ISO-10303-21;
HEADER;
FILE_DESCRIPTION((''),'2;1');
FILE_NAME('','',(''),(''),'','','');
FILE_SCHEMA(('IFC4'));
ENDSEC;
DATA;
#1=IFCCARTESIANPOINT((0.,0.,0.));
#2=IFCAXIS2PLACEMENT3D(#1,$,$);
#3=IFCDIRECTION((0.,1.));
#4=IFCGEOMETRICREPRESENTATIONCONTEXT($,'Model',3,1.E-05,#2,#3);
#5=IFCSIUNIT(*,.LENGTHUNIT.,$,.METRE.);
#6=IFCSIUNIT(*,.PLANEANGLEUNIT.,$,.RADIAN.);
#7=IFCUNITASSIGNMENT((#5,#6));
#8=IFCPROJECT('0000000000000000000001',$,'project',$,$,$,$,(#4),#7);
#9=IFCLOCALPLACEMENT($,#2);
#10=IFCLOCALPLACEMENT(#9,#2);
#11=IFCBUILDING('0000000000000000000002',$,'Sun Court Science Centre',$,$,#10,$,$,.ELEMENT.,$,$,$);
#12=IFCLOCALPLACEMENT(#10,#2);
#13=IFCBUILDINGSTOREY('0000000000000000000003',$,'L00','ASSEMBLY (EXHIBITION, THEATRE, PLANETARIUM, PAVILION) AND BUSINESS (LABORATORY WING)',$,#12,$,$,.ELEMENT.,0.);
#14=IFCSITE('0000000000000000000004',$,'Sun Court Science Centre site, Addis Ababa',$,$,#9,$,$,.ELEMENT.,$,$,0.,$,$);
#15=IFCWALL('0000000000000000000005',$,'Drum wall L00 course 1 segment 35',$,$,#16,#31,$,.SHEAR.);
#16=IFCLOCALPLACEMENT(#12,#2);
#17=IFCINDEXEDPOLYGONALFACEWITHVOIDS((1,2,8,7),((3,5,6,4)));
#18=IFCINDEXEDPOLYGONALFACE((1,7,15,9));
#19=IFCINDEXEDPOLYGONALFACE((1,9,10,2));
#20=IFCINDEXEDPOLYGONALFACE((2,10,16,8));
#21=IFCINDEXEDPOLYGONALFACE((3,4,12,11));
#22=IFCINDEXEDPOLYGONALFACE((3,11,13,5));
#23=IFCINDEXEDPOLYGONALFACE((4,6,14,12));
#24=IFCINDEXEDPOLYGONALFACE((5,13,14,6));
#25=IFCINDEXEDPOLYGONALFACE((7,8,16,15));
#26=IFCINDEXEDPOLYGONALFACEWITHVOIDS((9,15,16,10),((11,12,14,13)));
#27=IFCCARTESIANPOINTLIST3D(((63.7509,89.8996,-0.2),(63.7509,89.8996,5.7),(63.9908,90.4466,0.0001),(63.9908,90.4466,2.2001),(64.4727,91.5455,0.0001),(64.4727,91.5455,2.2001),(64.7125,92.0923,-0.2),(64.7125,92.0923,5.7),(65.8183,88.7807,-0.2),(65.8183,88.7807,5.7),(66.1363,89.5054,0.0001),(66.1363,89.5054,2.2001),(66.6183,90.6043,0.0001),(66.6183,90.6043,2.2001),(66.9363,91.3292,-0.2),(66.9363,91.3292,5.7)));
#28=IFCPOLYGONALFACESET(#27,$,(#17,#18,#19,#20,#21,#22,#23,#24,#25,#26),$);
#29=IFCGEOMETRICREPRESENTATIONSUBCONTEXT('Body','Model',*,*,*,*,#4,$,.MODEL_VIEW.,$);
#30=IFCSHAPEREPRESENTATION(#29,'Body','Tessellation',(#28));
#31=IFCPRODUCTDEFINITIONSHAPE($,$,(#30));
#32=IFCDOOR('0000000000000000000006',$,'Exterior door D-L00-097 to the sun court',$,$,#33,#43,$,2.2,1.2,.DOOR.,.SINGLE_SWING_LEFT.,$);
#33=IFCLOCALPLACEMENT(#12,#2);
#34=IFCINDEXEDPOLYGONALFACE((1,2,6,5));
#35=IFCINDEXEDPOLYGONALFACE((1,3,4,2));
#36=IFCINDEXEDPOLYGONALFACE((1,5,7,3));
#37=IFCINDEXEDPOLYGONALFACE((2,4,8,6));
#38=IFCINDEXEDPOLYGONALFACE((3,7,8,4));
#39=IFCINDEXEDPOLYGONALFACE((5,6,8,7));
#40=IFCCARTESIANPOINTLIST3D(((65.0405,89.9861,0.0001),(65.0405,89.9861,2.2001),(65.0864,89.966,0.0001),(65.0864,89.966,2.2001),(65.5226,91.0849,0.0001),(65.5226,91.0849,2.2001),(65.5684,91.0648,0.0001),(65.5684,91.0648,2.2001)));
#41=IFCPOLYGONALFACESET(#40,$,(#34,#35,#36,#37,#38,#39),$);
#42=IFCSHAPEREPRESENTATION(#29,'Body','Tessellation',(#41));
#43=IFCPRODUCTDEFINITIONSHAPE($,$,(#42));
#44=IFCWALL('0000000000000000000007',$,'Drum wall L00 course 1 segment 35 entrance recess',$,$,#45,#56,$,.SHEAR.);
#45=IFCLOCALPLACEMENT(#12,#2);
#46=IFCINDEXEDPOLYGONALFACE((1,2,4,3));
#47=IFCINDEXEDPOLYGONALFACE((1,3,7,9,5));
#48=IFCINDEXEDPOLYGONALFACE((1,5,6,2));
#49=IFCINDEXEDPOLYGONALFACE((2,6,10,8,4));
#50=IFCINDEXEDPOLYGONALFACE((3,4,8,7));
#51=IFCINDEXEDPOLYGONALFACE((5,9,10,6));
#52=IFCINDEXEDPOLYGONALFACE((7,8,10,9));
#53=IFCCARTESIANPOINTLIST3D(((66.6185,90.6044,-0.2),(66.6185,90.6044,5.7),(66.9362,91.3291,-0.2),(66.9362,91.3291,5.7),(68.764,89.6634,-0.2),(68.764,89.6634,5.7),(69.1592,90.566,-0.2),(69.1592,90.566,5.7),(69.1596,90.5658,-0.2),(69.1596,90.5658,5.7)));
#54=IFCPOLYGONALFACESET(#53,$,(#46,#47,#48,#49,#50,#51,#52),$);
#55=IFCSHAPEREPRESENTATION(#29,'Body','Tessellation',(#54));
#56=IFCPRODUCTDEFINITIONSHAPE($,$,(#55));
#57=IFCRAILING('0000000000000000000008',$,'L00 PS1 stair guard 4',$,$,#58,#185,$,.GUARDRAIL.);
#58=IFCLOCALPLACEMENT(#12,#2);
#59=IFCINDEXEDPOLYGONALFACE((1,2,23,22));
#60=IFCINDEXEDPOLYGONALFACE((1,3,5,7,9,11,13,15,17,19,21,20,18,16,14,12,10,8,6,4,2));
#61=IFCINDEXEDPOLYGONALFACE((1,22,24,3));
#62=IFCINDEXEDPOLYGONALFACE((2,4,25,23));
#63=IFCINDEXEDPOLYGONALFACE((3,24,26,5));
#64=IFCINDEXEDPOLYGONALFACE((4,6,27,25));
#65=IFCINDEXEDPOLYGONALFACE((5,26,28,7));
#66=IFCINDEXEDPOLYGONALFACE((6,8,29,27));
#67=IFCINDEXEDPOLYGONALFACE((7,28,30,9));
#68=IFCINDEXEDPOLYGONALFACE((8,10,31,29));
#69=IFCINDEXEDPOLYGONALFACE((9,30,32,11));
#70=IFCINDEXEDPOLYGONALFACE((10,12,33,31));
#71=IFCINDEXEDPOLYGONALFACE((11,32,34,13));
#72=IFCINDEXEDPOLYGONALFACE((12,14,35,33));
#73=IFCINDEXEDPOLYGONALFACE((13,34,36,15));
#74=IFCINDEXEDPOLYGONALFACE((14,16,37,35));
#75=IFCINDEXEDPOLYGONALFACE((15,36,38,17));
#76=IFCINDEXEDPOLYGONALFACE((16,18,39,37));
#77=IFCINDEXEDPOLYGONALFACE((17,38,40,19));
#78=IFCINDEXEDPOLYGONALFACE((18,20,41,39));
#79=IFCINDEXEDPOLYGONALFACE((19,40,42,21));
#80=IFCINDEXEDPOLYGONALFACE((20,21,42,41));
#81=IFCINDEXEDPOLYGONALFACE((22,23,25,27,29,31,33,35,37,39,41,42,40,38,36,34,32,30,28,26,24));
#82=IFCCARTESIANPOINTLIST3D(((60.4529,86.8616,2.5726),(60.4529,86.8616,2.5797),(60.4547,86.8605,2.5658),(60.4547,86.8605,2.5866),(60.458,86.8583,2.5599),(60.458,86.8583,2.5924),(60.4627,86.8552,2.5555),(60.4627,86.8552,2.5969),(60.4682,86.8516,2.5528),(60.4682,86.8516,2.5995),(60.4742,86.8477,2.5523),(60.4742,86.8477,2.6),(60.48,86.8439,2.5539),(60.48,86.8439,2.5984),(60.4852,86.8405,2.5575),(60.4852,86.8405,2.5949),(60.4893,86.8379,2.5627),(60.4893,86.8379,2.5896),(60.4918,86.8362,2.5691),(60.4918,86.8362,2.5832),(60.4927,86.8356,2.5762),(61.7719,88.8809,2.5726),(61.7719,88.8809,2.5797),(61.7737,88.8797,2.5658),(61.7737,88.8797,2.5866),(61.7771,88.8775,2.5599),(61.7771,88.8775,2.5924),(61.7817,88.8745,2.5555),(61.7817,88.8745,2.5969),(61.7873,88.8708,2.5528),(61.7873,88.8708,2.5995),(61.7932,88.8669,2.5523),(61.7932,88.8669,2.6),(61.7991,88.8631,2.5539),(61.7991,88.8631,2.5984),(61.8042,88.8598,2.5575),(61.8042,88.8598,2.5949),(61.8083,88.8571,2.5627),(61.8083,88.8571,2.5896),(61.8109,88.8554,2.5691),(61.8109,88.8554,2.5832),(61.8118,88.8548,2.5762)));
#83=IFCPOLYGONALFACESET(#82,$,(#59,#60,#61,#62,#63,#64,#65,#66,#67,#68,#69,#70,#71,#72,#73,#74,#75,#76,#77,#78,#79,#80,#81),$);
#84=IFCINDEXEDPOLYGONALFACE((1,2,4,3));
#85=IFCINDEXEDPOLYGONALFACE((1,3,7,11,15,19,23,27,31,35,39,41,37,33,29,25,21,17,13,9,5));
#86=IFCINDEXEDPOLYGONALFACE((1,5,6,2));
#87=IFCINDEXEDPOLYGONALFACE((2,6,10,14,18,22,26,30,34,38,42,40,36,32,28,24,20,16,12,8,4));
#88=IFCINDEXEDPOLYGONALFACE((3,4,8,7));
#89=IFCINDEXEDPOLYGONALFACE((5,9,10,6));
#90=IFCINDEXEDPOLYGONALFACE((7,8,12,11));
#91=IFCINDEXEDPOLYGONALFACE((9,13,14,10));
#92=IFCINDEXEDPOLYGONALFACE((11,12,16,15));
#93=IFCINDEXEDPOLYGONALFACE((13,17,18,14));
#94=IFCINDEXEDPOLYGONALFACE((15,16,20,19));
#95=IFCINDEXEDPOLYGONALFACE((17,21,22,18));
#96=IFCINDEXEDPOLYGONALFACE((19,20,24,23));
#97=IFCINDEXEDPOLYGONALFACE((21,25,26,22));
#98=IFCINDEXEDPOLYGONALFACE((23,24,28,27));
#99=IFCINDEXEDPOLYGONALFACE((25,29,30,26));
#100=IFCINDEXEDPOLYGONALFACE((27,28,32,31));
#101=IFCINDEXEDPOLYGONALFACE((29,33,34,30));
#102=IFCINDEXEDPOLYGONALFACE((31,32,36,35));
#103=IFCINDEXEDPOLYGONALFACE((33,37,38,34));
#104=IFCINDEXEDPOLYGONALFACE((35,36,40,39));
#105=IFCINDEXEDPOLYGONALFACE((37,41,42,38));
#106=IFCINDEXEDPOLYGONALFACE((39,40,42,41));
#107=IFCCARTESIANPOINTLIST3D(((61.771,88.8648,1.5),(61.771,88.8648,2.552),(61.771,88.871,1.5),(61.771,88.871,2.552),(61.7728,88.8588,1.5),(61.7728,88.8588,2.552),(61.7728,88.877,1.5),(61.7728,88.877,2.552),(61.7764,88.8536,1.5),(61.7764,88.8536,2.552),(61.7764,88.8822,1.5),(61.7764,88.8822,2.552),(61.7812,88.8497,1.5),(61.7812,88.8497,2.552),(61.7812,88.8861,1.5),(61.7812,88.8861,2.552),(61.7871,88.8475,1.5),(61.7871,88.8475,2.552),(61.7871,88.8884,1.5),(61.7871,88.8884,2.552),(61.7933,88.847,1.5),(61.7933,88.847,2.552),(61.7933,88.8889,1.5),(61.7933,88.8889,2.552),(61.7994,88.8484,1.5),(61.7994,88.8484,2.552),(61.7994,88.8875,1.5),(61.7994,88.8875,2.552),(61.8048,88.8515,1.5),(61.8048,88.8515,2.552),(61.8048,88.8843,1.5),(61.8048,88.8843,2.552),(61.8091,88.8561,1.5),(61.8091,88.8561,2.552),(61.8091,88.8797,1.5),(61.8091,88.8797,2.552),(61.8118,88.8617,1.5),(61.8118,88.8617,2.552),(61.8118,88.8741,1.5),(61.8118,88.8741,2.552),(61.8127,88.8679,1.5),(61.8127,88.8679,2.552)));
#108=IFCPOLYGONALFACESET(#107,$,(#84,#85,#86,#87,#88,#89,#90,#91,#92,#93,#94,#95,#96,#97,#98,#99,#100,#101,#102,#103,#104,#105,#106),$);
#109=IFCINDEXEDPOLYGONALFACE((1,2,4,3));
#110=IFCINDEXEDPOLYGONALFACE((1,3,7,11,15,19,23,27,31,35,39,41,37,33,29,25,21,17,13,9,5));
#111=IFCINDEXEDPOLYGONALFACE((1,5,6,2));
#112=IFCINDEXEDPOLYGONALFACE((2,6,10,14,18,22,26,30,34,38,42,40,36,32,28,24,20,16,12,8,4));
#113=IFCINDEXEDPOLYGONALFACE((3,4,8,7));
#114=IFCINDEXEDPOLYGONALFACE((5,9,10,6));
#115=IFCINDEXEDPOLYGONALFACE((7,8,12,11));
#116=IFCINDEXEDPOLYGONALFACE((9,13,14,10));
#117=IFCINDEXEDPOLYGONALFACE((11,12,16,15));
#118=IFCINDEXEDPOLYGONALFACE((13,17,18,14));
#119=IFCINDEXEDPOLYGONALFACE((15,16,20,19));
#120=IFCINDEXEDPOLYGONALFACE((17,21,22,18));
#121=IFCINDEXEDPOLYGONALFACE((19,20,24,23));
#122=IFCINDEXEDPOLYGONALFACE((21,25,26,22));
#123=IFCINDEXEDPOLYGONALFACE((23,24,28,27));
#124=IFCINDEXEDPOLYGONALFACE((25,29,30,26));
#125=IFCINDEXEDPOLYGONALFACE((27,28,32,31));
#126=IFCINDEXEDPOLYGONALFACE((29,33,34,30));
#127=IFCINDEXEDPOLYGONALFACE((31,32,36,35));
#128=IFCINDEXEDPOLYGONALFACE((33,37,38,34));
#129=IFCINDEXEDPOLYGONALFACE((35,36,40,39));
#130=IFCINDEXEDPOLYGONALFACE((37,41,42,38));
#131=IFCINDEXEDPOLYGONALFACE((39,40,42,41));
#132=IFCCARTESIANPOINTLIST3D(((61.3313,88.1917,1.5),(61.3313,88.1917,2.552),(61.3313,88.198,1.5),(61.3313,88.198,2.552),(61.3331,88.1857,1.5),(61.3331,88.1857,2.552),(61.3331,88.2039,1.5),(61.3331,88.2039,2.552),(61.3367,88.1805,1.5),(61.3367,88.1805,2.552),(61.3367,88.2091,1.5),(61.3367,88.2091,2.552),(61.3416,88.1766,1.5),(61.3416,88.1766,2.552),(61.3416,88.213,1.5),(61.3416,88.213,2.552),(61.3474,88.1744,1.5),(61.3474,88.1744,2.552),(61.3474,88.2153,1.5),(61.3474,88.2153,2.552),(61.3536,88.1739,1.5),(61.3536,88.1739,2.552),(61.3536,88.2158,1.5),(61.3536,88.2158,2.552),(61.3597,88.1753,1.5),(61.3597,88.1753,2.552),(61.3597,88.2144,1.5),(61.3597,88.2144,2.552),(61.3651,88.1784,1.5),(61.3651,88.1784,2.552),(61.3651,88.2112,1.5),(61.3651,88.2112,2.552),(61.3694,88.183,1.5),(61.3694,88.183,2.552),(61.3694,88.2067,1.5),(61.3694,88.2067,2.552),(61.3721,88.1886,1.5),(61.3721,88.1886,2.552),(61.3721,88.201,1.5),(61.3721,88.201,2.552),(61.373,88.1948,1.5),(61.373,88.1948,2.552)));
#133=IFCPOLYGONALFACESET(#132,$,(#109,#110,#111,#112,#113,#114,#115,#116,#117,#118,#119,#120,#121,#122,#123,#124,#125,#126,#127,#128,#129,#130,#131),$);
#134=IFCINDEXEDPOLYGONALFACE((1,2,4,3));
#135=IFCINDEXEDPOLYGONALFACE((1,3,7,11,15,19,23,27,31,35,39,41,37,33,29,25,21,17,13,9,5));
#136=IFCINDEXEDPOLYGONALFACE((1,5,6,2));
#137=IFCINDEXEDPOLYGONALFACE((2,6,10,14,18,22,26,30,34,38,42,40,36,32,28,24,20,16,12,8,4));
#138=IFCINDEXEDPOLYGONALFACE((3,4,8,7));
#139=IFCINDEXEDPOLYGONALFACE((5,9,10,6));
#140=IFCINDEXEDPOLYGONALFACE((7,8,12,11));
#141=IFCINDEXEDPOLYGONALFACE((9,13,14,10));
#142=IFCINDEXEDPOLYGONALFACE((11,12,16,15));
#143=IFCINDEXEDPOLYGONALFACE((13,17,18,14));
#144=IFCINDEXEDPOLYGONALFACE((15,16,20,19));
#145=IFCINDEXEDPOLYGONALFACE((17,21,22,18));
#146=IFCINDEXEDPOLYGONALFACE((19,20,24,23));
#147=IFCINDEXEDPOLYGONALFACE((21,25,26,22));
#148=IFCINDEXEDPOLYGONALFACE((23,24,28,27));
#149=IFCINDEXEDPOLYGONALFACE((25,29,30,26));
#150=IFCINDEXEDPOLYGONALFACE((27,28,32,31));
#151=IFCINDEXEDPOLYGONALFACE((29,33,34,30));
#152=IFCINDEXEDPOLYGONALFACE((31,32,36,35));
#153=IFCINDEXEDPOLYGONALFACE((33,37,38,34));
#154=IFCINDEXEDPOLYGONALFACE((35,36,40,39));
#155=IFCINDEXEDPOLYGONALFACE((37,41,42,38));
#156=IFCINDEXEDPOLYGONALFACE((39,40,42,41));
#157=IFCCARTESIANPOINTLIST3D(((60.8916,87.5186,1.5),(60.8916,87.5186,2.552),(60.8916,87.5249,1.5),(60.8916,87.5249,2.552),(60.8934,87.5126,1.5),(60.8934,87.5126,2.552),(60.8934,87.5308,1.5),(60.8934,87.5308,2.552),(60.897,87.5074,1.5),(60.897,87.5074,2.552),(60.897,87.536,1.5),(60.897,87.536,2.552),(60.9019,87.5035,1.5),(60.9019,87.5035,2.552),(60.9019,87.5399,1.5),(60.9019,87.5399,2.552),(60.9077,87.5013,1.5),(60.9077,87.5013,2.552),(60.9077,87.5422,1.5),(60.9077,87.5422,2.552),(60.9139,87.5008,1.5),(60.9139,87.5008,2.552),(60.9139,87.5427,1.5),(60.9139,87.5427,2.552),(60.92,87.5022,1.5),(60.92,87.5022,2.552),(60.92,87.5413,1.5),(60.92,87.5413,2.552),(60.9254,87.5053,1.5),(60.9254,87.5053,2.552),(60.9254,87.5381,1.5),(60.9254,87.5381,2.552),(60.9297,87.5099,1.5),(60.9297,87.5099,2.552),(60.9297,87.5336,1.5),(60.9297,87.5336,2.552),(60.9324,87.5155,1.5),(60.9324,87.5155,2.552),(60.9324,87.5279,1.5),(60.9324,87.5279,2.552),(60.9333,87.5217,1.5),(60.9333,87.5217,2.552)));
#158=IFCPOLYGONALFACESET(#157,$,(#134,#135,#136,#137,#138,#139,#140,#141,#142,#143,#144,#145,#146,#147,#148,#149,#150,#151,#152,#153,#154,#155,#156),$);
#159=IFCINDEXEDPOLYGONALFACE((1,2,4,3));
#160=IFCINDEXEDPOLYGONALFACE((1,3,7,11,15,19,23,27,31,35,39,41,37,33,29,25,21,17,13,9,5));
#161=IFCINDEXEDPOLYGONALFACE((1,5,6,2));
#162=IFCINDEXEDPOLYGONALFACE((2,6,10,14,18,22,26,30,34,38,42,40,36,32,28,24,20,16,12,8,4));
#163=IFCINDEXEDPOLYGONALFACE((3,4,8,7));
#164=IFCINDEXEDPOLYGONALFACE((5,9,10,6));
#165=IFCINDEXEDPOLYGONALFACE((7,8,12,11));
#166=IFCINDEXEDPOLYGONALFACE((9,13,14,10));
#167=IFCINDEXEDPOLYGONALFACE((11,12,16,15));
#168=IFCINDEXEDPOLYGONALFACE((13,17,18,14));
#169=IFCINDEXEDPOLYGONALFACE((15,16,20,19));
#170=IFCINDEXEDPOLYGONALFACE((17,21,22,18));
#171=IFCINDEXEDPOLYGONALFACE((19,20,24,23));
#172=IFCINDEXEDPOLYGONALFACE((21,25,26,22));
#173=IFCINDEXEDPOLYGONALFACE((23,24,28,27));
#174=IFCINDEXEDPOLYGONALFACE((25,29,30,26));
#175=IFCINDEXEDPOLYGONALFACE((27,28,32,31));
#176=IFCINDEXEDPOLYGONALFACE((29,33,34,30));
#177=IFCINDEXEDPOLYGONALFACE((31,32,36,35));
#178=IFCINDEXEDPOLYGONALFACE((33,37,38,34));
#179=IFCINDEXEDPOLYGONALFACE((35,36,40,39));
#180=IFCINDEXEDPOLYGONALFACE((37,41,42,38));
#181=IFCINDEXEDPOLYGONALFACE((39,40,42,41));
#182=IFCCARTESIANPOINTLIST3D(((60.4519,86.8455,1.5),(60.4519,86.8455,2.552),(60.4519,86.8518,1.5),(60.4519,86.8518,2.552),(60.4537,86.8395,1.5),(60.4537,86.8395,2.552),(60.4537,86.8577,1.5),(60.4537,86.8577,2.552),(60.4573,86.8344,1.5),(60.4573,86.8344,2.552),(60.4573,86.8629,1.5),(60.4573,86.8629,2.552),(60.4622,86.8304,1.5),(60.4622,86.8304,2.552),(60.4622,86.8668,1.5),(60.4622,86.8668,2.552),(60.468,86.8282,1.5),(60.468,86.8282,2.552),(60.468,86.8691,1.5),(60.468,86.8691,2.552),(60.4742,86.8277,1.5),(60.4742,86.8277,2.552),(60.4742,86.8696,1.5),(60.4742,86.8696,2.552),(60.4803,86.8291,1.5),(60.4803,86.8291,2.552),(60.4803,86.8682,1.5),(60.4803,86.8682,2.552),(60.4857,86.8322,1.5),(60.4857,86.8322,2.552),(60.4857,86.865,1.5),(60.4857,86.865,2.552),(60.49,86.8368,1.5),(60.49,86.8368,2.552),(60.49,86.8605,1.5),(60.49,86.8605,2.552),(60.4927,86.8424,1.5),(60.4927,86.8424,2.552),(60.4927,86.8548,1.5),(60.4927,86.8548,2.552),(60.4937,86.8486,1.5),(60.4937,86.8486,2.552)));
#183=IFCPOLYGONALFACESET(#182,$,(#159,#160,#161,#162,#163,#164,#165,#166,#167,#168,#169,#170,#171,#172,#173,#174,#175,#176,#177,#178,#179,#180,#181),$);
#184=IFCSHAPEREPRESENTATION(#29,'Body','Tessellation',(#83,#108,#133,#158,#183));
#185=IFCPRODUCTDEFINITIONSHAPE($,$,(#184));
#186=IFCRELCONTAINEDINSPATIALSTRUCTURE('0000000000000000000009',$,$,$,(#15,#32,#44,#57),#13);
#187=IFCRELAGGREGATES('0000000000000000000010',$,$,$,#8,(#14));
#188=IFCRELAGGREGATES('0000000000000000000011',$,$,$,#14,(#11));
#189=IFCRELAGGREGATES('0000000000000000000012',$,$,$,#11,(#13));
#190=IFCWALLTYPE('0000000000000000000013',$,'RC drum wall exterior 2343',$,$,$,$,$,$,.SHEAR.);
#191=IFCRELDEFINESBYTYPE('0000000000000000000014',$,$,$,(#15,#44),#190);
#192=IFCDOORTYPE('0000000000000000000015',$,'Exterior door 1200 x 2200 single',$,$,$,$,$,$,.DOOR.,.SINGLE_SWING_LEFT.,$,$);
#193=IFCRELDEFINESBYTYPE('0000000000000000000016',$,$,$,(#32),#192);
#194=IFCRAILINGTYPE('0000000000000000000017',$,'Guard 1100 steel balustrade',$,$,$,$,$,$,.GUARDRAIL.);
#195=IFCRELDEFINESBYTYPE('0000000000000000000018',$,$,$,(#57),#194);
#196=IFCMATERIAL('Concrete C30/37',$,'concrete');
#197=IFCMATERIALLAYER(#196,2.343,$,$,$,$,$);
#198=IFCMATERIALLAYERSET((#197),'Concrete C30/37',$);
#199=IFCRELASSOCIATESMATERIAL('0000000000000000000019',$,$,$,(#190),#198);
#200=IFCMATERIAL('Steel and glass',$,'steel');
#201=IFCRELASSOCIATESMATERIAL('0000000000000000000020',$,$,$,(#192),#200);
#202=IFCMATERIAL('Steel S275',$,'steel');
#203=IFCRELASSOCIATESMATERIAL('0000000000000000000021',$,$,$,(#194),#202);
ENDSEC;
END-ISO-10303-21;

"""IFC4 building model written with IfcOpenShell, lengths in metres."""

from ifc_helpers import new_model, si_unit, direction, frame, frame_2d, origin, origin_2d, place, context, subcontext, project, spatial, polyline, rectangle, circle, outline, extrude, material, layer, layer_set, type_object, element, fill, save


model = new_model("IFC4")

# Units and contexts
model_context = context("Model", 3, precision=1e-05, world=origin(), true_north=direction((0.0, 1.0)))
body_context = subcontext(model_context, "Body", "Model", "MODEL_VIEW")
ifc_project = project(units=[si_unit("LENGTHUNIT", "METRE"), si_unit("PLANEANGLEUNIT", "RADIAN")], contexts=[model_context])

# Site, building, storey
site_placement = place(None, origin())
site = spatial("IfcSite", under=ifc_project, at=site_placement, Name="Sun Court Science Centre site, Addis Ababa", CompositionType="ELEMENT", RefElevation=0.0)
building_placement = place(site_placement, origin())
building = spatial("IfcBuilding", under=site, at=building_placement, Name="Sun Court Science Centre", CompositionType="ELEMENT")
storey_placement = place(building_placement, origin())
storey = spatial("IfcBuildingStorey", under=building, at=storey_placement, Name="L00", Description="ASSEMBLY (EXHIBITION, THEATRE, PLANETARIUM, PAVILION) AND BUSINESS (LABORATORY WING)", CompositionType="ELEMENT", Elevation=0.0)

# Shared definitions
ifc_material_1 = material(Name="Concrete C30/37", Category="concrete")
ifc_layer_1 = layer(ifc_material_1, 2.343)
ifc_layer_set_1 = layer_set([ifc_layer_1], Name="Concrete C30/37")
wall_type_1 = type_object("IfcWallType", Name="RC drum wall exterior 2343", PredefinedType="SHEAR", material=ifc_layer_set_1)

# Wall, opening, door
wall_1_placement = place(storey_placement, frame((65.8635, 91.7996, -0.2), z_axis=(0.0, 0.0, 1.0), x_axis=(-0.40173, -0.915758, 0.0)))
wall_1 = element("IfcWall", 1, at=wall_1_placement, inside=storey, type_object=wall_type_1, Name="Drum wall L00 course 1 segment 35", PredefinedType="SHEAR", context=body_context, shape_type="SweptSolid", body=[
    extrude(outline(polyline([(2.7827, 1.1714), (-0.0002, 1.1714), (0.1943, -1.1716), (2.5886, -1.1714), (2.7827, 1.1714)])), origin(), (0.0, 0.0, 1.0), 5.8999),
])
opening_placement = place(wall_1_placement, frame((0.7913, 0.0, 0.2)))
opening = element("IfcOpeningElement", 2, at=opening_placement, cuts=wall_1, PredefinedType="OPENING", context=body_context, shape_type="SweptSolid", body=[
    extrude(rectangle(XDim=1.2, YDim=2.2, at=frame_2d((0.6001, 1.1001))), frame((0.0, 1.1814, 0.0), z_axis=(0.0, -1.0, 0.0), x_axis=(1.0, 0.0, 0.0)), (0.0, 0.0, 1.0), 2.3628),
])
ifc_material_2 = material(Name="Steel and glass", Category="steel")
door_type = type_object("IfcDoorType", Name="Exterior door 1200 x 2200 single", OperationType="SINGLE_SWING_LEFT", PredefinedType="DOOR", material=ifc_material_2)
door_placement = place(opening_placement, origin())
door = element("IfcDoor", 3, at=door_placement, inside=storey, type_object=door_type, Name="Exterior door D-L00-097 to the sun court", OperationType="SINGLE_SWING_LEFT", OverallHeight=2.2, OverallWidth=1.2, PredefinedType="DOOR", context=body_context, shape_type="SweptSolid", body=[
    extrude(rectangle(XDim=1.2, YDim=2.2, at=frame_2d((0.6001, 1.1001))), frame((0.0, 0.0249, 0.0), z_axis=(0.0, -1.0, 0.0), x_axis=(1.0, 0.0, 0.0)), (0.0, 0.0, 1.0), 0.05),
])
fill(opening, door)

# Wall
wall_2_placement = place(storey_placement, frame((67.6912, 90.1338, -0.2), z_axis=(0.0, 0.0, 1.0), x_axis=(0.401559, 0.915833, 0.0)))
element("IfcWall", 4, at=wall_2_placement, inside=storey, type_object=wall_type_1, Name="Drum wall L00 course 1 segment 35 entrance recess", PredefinedType="SHEAR", context=body_context, shape_type="SweptSolid", body=[
    extrude(outline(polyline([(0.0, -1.1714), (0.0002, 1.1714), (0.7915, 1.1714), (0.9854, -1.1709), (0.9854, -1.1714), (0.0, -1.1714)])), origin(), (0.0, 0.0, 1.0), 5.8999),
])

# Railing
ifc_material_3 = material(Name="Steel S275", Category="steel")
railing_type_1 = type_object("IfcRailingType", Name="Guard 1100 steel balustrade", PredefinedType="GUARDRAIL", material=ifc_material_3)
railing_1_placement = place(storey_placement, frame((61.7917, 88.8679, 1.5)))
element("IfcRailing", 5, at=railing_1_placement, inside=storey, type_object=railing_type_1, Name="L00 PS1 stair guard 4", PredefinedType="GUARDRAIL", context=body_context, shape_type="SweptSolid", body=[
    extrude(circle(Radius=0.0239, at=origin_2d()), frame((0.0, 0.0, 1.0762), z_axis=(-0.546898, -0.8372, 0.0), x_axis=(0.8372, -0.546898, 0.0)), (0.0, 0.0, 1.0), 2.4119),
    extrude(circle(Radius=0.021, at=origin_2d()), origin(), (0.0, 0.0, 1.0), 1.052),
    extrude(circle(Radius=0.021, at=origin_2d()), frame((-0.4397, -0.6731, 0.0)), (0.0, 0.0, 1.0), 1.052),
    extrude(circle(Radius=0.021, at=origin_2d()), frame((-0.8794, -1.3462, 0.0)), (0.0, 0.0, 1.0), 1.052),
    extrude(circle(Radius=0.021, at=origin_2d()), frame((-1.3191, -2.0193, 0.0)), (0.0, 0.0, 1.0), 1.052),
])

save(model, "model.ifc")
